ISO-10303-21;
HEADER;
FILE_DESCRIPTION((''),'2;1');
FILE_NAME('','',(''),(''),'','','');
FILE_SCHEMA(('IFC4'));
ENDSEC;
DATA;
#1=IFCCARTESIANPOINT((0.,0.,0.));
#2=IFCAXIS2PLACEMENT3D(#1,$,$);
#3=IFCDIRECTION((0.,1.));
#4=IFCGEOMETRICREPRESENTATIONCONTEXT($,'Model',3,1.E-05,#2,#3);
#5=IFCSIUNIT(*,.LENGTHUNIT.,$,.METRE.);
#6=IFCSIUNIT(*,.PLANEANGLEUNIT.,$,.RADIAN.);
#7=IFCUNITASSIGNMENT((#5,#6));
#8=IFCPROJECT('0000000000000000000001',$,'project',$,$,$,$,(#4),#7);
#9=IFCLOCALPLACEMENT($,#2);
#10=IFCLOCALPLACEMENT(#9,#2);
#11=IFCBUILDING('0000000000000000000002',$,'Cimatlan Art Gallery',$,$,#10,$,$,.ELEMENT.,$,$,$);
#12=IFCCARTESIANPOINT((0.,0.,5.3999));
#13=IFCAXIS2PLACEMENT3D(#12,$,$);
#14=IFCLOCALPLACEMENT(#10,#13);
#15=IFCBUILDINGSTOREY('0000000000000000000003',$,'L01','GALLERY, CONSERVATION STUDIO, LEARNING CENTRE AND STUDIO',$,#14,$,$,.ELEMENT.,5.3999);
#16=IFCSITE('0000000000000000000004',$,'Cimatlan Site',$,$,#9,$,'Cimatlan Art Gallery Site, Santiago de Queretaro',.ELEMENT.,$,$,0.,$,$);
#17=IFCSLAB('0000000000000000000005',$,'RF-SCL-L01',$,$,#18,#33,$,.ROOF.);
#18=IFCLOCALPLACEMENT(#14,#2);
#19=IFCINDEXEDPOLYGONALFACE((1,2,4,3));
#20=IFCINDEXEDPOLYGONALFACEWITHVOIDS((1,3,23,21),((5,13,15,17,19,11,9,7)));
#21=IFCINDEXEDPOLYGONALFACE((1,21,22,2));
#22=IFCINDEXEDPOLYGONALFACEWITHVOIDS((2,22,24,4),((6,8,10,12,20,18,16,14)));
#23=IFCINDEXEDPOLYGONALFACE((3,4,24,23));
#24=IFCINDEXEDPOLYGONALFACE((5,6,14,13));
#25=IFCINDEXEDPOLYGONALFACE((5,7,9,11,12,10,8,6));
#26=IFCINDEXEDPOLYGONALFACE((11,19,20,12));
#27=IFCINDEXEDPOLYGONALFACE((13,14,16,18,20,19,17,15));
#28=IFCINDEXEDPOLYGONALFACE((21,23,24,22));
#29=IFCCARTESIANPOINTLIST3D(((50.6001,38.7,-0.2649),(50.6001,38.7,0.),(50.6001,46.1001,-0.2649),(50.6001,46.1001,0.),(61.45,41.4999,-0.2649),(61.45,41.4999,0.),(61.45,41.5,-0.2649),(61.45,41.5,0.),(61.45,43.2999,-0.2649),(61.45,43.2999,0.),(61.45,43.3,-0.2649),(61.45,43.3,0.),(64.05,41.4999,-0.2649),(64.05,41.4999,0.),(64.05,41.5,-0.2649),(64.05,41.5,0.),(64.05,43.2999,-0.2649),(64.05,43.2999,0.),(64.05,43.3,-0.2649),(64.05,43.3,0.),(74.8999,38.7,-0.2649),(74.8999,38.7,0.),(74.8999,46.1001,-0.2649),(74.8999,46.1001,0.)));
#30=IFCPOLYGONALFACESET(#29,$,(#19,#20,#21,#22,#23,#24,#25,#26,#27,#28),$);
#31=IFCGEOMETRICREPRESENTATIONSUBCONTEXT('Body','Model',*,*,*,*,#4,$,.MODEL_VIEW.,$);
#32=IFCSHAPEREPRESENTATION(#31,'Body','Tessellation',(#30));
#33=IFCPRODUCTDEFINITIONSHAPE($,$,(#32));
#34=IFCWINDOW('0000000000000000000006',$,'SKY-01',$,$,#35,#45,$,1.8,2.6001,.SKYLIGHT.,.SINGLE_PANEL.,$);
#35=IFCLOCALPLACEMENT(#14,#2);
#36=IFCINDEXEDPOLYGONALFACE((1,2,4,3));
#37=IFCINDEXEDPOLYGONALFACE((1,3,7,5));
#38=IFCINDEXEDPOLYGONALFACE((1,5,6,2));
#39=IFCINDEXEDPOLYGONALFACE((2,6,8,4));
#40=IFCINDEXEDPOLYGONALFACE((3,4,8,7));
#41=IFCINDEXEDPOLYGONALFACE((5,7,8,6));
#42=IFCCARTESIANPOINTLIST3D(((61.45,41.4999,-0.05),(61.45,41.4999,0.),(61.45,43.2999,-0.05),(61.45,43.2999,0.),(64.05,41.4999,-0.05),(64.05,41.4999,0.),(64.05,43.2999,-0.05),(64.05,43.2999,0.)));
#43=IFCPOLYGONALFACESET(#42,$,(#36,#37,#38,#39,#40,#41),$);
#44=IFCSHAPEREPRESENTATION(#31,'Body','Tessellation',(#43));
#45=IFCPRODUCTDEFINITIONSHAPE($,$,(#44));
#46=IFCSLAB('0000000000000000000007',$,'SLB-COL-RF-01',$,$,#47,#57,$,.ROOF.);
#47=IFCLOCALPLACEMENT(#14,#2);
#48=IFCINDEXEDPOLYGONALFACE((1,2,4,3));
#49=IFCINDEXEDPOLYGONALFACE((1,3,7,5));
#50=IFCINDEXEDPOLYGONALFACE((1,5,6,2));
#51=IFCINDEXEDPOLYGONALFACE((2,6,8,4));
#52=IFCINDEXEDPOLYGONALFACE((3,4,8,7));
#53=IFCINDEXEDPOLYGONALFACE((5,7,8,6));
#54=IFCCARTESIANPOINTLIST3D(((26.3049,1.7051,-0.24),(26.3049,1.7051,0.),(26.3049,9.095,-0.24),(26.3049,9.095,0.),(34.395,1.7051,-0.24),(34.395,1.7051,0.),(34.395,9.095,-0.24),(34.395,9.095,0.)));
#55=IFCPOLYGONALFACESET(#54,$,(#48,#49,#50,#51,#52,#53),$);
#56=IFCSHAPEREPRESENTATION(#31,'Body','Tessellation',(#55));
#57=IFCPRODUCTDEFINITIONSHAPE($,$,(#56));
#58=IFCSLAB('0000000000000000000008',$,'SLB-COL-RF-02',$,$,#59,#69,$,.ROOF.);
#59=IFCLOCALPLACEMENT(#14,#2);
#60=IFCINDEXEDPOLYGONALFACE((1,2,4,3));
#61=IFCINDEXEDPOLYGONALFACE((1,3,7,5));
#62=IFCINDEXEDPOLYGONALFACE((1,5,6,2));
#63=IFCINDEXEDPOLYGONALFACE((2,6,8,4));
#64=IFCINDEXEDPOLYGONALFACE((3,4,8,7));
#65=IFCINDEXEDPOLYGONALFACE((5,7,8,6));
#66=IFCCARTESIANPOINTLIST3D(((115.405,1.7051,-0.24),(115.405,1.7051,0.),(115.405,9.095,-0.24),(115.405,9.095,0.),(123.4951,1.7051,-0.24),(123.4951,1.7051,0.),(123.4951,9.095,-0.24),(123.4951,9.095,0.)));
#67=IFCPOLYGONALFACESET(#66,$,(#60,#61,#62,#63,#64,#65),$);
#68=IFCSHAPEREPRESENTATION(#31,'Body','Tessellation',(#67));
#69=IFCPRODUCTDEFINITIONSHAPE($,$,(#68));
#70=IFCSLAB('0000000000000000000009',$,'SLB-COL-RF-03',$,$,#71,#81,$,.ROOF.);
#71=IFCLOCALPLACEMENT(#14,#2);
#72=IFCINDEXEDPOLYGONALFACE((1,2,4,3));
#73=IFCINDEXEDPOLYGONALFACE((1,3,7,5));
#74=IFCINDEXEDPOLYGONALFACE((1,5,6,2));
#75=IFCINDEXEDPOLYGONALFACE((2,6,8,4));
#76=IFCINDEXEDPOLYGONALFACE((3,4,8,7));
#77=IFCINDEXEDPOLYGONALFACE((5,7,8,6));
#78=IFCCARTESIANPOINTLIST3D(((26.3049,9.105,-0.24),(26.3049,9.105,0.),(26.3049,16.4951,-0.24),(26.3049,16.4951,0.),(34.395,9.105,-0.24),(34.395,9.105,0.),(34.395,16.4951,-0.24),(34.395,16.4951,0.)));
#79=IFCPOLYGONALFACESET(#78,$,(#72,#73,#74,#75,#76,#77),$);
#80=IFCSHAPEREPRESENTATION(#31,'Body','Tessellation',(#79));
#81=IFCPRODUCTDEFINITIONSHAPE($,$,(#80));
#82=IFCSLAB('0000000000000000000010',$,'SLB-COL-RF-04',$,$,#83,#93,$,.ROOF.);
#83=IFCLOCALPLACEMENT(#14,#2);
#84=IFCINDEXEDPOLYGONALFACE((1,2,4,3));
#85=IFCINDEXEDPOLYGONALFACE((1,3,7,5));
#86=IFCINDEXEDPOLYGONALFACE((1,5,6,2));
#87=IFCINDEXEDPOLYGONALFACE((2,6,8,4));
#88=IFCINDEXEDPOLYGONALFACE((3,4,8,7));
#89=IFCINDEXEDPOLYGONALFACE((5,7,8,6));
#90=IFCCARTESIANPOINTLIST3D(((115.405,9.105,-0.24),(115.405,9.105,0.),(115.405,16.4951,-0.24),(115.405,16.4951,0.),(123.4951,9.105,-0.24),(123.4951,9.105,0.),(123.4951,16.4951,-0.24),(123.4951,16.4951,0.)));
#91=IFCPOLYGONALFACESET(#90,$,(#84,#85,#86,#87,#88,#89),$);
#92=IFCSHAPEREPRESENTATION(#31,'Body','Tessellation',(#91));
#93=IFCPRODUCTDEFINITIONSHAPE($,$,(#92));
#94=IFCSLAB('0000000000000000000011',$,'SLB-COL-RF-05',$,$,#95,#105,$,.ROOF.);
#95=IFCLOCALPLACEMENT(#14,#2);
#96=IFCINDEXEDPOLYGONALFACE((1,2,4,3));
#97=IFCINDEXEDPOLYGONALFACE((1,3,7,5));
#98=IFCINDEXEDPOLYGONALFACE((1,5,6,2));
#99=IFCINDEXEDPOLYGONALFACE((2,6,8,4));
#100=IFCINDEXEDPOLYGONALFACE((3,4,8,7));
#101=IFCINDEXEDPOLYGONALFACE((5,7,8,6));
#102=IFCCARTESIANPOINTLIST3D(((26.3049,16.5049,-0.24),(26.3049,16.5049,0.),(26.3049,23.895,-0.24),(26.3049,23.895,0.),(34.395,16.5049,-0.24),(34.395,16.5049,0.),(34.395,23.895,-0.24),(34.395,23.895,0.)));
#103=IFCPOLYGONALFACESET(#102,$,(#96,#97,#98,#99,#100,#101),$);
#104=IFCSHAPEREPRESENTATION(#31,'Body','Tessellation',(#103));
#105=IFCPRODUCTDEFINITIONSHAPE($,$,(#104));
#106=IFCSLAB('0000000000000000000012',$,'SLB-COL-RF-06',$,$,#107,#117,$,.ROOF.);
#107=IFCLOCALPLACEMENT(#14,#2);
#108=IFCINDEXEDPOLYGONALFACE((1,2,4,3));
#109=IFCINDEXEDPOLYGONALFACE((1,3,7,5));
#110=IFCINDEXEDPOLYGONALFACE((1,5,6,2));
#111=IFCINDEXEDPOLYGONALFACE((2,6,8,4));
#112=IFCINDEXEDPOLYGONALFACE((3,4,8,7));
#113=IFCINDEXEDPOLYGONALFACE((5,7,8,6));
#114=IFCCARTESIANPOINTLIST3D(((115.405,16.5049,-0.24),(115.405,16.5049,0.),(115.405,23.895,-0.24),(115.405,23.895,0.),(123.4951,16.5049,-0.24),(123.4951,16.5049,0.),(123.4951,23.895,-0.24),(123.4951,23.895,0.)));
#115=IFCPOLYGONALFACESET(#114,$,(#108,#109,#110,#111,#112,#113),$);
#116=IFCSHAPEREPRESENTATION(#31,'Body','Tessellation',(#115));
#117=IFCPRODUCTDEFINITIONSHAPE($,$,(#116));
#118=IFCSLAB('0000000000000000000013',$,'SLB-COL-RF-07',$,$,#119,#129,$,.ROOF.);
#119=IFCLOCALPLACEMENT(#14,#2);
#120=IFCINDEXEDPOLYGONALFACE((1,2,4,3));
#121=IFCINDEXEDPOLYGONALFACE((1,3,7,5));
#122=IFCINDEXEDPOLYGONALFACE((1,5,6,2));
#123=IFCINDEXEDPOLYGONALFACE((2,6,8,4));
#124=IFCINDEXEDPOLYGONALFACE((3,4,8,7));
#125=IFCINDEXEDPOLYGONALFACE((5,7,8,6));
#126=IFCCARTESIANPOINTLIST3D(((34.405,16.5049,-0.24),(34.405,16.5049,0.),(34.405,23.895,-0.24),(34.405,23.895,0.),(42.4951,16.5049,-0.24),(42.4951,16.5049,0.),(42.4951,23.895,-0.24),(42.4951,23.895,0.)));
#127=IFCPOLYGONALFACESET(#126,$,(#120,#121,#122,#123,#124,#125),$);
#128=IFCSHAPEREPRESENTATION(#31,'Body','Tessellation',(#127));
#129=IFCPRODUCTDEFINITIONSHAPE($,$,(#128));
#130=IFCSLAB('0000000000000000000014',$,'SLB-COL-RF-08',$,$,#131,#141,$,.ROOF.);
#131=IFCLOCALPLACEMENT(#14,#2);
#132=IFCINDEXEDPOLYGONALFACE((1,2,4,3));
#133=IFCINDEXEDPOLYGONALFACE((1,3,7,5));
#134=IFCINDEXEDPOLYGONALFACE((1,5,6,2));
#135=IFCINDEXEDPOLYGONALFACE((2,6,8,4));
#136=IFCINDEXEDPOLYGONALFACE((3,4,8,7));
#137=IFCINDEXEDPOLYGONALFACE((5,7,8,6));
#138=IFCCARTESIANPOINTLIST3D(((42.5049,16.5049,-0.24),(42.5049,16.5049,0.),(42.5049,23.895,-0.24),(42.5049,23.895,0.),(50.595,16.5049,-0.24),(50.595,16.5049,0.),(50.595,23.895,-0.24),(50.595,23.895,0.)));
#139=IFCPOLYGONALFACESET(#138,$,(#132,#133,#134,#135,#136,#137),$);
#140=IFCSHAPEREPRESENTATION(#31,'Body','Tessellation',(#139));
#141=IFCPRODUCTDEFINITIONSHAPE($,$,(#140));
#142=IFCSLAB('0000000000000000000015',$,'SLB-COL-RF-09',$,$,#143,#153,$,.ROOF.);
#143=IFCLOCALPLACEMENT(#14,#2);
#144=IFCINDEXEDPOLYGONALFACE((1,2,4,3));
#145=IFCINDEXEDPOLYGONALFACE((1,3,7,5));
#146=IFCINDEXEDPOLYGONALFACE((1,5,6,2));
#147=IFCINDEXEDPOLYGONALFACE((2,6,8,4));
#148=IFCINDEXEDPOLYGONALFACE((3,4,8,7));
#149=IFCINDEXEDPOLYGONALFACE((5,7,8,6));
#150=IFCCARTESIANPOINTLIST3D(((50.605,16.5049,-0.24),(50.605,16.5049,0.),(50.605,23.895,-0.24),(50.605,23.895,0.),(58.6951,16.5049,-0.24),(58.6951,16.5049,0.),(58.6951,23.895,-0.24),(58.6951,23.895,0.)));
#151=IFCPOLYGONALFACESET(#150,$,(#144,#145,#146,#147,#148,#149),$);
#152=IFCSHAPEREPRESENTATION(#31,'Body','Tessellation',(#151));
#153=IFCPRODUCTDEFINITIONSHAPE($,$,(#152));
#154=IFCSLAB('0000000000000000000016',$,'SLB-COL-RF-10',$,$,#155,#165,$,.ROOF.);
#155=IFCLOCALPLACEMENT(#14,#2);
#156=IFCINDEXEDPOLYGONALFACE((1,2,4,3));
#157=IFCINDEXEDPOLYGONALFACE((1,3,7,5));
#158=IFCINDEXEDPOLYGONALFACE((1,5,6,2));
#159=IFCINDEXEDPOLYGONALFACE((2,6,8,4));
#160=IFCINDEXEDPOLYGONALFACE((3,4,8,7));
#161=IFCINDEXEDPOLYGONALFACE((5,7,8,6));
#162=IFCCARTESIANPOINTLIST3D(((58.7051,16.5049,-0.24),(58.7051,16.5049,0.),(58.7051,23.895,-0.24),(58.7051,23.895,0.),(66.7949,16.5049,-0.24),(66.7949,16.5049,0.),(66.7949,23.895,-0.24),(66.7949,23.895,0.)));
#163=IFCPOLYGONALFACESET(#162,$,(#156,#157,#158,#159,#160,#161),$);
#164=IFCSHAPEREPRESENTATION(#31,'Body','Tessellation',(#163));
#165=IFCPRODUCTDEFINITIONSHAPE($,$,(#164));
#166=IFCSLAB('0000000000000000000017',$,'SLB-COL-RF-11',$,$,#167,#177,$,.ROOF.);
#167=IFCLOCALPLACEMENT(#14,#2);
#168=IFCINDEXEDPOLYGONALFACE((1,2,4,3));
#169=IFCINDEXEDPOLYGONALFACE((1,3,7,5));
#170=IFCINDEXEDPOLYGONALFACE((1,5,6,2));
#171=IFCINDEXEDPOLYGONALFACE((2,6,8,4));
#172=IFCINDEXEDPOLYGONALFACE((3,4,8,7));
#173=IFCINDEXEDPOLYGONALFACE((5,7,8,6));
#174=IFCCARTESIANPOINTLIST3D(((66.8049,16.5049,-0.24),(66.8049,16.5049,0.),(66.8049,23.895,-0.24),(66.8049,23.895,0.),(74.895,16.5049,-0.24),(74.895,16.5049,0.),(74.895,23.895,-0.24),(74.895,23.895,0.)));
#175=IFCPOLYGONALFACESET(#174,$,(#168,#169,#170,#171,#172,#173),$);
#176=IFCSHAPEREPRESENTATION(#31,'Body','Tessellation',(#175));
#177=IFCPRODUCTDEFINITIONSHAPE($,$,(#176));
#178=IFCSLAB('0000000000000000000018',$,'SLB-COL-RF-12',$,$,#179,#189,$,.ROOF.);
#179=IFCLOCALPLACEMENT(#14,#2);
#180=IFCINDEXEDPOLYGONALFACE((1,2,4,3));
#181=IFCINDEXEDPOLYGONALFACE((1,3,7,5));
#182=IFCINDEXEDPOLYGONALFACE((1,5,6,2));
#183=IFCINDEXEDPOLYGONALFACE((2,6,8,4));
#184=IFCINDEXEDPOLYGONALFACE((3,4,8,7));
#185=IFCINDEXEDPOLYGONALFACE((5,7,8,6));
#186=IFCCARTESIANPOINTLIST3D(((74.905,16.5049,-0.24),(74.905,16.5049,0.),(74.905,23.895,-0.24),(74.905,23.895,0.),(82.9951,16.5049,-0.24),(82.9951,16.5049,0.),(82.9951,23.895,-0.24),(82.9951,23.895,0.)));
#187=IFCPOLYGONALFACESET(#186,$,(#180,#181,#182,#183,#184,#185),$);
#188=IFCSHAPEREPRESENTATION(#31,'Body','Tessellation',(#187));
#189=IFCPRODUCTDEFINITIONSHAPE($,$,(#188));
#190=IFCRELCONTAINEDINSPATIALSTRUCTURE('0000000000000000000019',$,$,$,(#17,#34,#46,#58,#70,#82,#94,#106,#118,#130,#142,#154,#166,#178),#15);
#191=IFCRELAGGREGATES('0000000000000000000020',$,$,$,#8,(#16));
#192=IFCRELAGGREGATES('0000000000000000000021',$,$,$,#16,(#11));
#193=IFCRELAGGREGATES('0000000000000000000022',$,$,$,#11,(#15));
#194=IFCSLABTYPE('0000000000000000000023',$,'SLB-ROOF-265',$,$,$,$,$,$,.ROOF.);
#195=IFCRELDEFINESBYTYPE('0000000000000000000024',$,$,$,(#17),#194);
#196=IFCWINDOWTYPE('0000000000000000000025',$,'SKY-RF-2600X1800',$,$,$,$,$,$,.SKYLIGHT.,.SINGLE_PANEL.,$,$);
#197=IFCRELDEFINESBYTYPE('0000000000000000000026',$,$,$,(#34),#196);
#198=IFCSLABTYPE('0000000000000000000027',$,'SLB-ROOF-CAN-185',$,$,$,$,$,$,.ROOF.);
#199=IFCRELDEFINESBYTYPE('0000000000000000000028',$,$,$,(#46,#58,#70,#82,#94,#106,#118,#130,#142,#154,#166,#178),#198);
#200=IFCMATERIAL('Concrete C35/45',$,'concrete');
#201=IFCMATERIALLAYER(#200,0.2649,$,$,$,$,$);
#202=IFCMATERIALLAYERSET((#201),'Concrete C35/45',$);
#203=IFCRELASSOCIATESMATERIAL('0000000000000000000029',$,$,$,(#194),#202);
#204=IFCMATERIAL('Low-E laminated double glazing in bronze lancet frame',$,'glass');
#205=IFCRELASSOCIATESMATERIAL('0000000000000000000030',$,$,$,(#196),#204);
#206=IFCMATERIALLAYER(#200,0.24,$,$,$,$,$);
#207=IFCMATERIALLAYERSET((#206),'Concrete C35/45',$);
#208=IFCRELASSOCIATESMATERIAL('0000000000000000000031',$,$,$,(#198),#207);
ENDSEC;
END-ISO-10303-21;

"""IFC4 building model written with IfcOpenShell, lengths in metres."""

from ifc_helpers import new_model, si_unit, direction, frame, origin, origin_2d, place, context, subcontext, project, spatial, polyline, rectangle, outline, extrude, material, layer, layer_set, type_object, element, fill, save


model = new_model("IFC4")

# Units and contexts
model_context = context("Model", 3, precision=1e-05, world=origin(), true_north=direction((0.0, 1.0)))
body_context = subcontext(model_context, "Body", "Model", "MODEL_VIEW")
ifc_project = project(units=[si_unit("LENGTHUNIT", "METRE"), si_unit("PLANEANGLEUNIT", "RADIAN")], contexts=[model_context])

# Site, building, storey
site_placement = place(None, origin())
site = spatial("IfcSite", under=ifc_project, at=site_placement, Name="Cimatlan Site", LongName="Cimatlan Art Gallery Site, Santiago de Queretaro", CompositionType="ELEMENT", RefElevation=0.0)
building_placement = place(site_placement, origin())
building = spatial("IfcBuilding", under=site, at=building_placement, Name="Cimatlan Art Gallery", CompositionType="ELEMENT")
storey_placement = place(building_placement, frame((0.0, 0.0, 5.3999)))
storey = spatial("IfcBuildingStorey", under=building, at=storey_placement, Name="L01", Description="GALLERY, CONSERVATION STUDIO, LEARNING CENTRE AND STUDIO", CompositionType="ELEMENT", Elevation=5.3999)

# Shared definitions
ifc_material_1 = material(Name="Concrete C35/45", Category="concrete")

# Slab, opening, window
ifc_layer_1 = layer(ifc_material_1, 0.2649)
ifc_layer_set_1 = layer_set([ifc_layer_1], Name="Concrete C35/45")
slab_type_1 = type_object("IfcSlabType", Name="SLB-ROOF-265", PredefinedType="ROOF", material=ifc_layer_set_1)
slab_1_placement = place(storey_placement, frame((0.0, 0.0, -0.2649)))
slab_1 = element("IfcSlab", 1, at=slab_1_placement, inside=storey, type_object=slab_type_1, Name="RF-SCL-L01", PredefinedType="ROOF", context=body_context, shape_type="SweptSolid", body=[
    extrude(outline(polyline([(50.6001, 38.7), (74.8999, 38.7), (74.8999, 46.1001), (50.6001, 46.1001), (50.6001, 38.7)]), holes=[polyline([(61.45, 41.5), (64.05, 41.5), (64.05, 43.3), (61.45, 43.3), (61.45, 41.5)])]), origin(), (0.0, 0.0, 1.0), 0.2649),
])
opening_placement = place(slab_1_placement, frame((62.75, 42.3999, -0.01)))
opening = element("IfcOpeningElement", 2, at=opening_placement, cuts=slab_1, PredefinedType="OPENING", context=body_context, shape_type="SweptSolid", body=[
    extrude(rectangle(XDim=2.6001, YDim=1.8, at=origin_2d()), origin(), (0.0, 0.0, 1.0), 0.2849),
])
ifc_material_2 = material(Name="Low-E laminated double glazing in bronze lancet frame", Category="glass")
window_type = type_object("IfcWindowType", Name="SKY-RF-2600X1800", PartitioningType="SINGLE_PANEL", PredefinedType="SKYLIGHT", material=ifc_material_2)
window_placement = place(slab_1_placement, frame((62.75, 42.3999, 0.2148)))
window = element("IfcWindow", 3, at=window_placement, inside=storey, type_object=window_type, Name="SKY-01", OverallHeight=1.8, OverallWidth=2.6001, PartitioningType="SINGLE_PANEL", PredefinedType="SKYLIGHT", context=body_context, shape_type="SweptSolid", body=[
    extrude(rectangle(XDim=2.6001, YDim=1.8, at=origin_2d()), origin(), (0.0, 0.0, 1.0), 0.05),
])
fill(opening, window)

# Slabs
ifc_layer_2 = layer(ifc_material_1, 0.24)
ifc_layer_set_2 = layer_set([ifc_layer_2], Name="Concrete C35/45")
slab_type_2 = type_object("IfcSlabType", Name="SLB-ROOF-CAN-185", PredefinedType="ROOF", material=ifc_layer_set_2)
slab_2_placement = place(storey_placement, frame((0.0, 0.0, -0.24)))
element("IfcSlab", 4, at=slab_2_placement, inside=storey, type_object=slab_type_2, Name="SLB-COL-RF-01", PredefinedType="ROOF", context=body_context, shape_type="SweptSolid", body=[
    extrude(outline(polyline([(26.3049, 1.7051), (34.395, 1.7051), (34.395, 9.095), (26.3049, 9.095), (26.3049, 1.7051)])), origin(), (0.0, 0.0, 1.0), 0.24),
])
slab_3_placement = place(storey_placement, frame((0.0, 0.0, -0.24)))
element("IfcSlab", 5, at=slab_3_placement, inside=storey, type_object=slab_type_2, Name="SLB-COL-RF-02", PredefinedType="ROOF", context=body_context, shape_type="SweptSolid", body=[
    extrude(outline(polyline([(115.405, 1.7051), (123.4951, 1.7051), (123.4951, 9.095), (115.405, 9.095), (115.405, 1.7051)])), origin(), (0.0, 0.0, 1.0), 0.24),
])
slab_4_placement = place(storey_placement, frame((0.0, 0.0, -0.24)))
element("IfcSlab", 6, at=slab_4_placement, inside=storey, type_object=slab_type_2, Name="SLB-COL-RF-03", PredefinedType="ROOF", context=body_context, shape_type="SweptSolid", body=[
    extrude(outline(polyline([(26.3049, 9.105), (34.395, 9.105), (34.395, 16.4951), (26.3049, 16.4951), (26.3049, 9.105)])), origin(), (0.0, 0.0, 1.0), 0.24),
])
slab_5_placement = place(storey_placement, frame((0.0, 0.0, -0.24)))
element("IfcSlab", 7, at=slab_5_placement, inside=storey, type_object=slab_type_2, Name="SLB-COL-RF-04", PredefinedType="ROOF", context=body_context, shape_type="SweptSolid", body=[
    extrude(outline(polyline([(115.405, 9.105), (123.4951, 9.105), (123.4951, 16.4951), (115.405, 16.4951), (115.405, 9.105)])), origin(), (0.0, 0.0, 1.0), 0.24),
])
slab_6_placement = place(storey_placement, frame((0.0, 0.0, -0.24)))
element("IfcSlab", 8, at=slab_6_placement, inside=storey, type_object=slab_type_2, Name="SLB-COL-RF-05", PredefinedType="ROOF", context=body_context, shape_type="SweptSolid", body=[
    extrude(outline(polyline([(26.3049, 16.5049), (34.395, 16.5049), (34.395, 23.895), (26.3049, 23.895), (26.3049, 16.5049)])), origin(), (0.0, 0.0, 1.0), 0.24),
])
slab_7_placement = place(storey_placement, frame((0.0, 0.0, -0.24)))
element("IfcSlab", 9, at=slab_7_placement, inside=storey, type_object=slab_type_2, Name="SLB-COL-RF-06", PredefinedType="ROOF", context=body_context, shape_type="SweptSolid", body=[
    extrude(outline(polyline([(115.405, 16.5049), (123.4951, 16.5049), (123.4951, 23.895), (115.405, 23.895), (115.405, 16.5049)])), origin(), (0.0, 0.0, 1.0), 0.24),
])
slab_8_placement = place(storey_placement, frame((0.0, 0.0, -0.24)))
element("IfcSlab", 10, at=slab_8_placement, inside=storey, type_object=slab_type_2, Name="SLB-COL-RF-07", PredefinedType="ROOF", context=body_context, shape_type="SweptSolid", body=[
    extrude(outline(polyline([(34.405, 16.5049), (42.4951, 16.5049), (42.4951, 23.895), (34.405, 23.895), (34.405, 16.5049)])), origin(), (0.0, 0.0, 1.0), 0.24),
])
slab_9_placement = place(storey_placement, frame((0.0, 0.0, -0.24)))
element("IfcSlab", 11, at=slab_9_placement, inside=storey, type_object=slab_type_2, Name="SLB-COL-RF-08", PredefinedType="ROOF", context=body_context, shape_type="SweptSolid", body=[
    extrude(outline(polyline([(42.5049, 16.5049), (50.595, 16.5049), (50.595, 23.895), (42.5049, 23.895), (42.5049, 16.5049)])), origin(), (0.0, 0.0, 1.0), 0.24),
])
slab_10_placement = place(storey_placement, frame((0.0, 0.0, -0.24)))
element("IfcSlab", 12, at=slab_10_placement, inside=storey, type_object=slab_type_2, Name="SLB-COL-RF-09", PredefinedType="ROOF", context=body_context, shape_type="SweptSolid", body=[
    extrude(outline(polyline([(50.605, 16.5049), (58.6951, 16.5049), (58.6951, 23.895), (50.605, 23.895), (50.605, 16.5049)])), origin(), (0.0, 0.0, 1.0), 0.24),
])
slab_11_placement = place(storey_placement, frame((0.0, 0.0, -0.24)))
element("IfcSlab", 13, at=slab_11_placement, inside=storey, type_object=slab_type_2, Name="SLB-COL-RF-10", PredefinedType="ROOF", context=body_context, shape_type="SweptSolid", body=[
    extrude(outline(polyline([(58.7051, 16.5049), (66.7949, 16.5049), (66.7949, 23.895), (58.7051, 23.895), (58.7051, 16.5049)])), origin(), (0.0, 0.0, 1.0), 0.24),
])
slab_12_placement = place(storey_placement, frame((0.0, 0.0, -0.24)))
element("IfcSlab", 14, at=slab_12_placement, inside=storey, type_object=slab_type_2, Name="SLB-COL-RF-11", PredefinedType="ROOF", context=body_context, shape_type="SweptSolid", body=[
    extrude(outline(polyline([(66.8049, 16.5049), (74.895, 16.5049), (74.895, 23.895), (66.8049, 23.895), (66.8049, 16.5049)])), origin(), (0.0, 0.0, 1.0), 0.24),
])
slab_13_placement = place(storey_placement, frame((0.0, 0.0, -0.24)))
element("IfcSlab", 15, at=slab_13_placement, inside=storey, type_object=slab_type_2, Name="SLB-COL-RF-12", PredefinedType="ROOF", context=body_context, shape_type="SweptSolid", body=[
    extrude(outline(polyline([(74.905, 16.5049), (82.9951, 16.5049), (82.9951, 23.895), (74.905, 23.895), (74.905, 16.5049)])), origin(), (0.0, 0.0, 1.0), 0.24),
])

save(model, "model.ifc")
